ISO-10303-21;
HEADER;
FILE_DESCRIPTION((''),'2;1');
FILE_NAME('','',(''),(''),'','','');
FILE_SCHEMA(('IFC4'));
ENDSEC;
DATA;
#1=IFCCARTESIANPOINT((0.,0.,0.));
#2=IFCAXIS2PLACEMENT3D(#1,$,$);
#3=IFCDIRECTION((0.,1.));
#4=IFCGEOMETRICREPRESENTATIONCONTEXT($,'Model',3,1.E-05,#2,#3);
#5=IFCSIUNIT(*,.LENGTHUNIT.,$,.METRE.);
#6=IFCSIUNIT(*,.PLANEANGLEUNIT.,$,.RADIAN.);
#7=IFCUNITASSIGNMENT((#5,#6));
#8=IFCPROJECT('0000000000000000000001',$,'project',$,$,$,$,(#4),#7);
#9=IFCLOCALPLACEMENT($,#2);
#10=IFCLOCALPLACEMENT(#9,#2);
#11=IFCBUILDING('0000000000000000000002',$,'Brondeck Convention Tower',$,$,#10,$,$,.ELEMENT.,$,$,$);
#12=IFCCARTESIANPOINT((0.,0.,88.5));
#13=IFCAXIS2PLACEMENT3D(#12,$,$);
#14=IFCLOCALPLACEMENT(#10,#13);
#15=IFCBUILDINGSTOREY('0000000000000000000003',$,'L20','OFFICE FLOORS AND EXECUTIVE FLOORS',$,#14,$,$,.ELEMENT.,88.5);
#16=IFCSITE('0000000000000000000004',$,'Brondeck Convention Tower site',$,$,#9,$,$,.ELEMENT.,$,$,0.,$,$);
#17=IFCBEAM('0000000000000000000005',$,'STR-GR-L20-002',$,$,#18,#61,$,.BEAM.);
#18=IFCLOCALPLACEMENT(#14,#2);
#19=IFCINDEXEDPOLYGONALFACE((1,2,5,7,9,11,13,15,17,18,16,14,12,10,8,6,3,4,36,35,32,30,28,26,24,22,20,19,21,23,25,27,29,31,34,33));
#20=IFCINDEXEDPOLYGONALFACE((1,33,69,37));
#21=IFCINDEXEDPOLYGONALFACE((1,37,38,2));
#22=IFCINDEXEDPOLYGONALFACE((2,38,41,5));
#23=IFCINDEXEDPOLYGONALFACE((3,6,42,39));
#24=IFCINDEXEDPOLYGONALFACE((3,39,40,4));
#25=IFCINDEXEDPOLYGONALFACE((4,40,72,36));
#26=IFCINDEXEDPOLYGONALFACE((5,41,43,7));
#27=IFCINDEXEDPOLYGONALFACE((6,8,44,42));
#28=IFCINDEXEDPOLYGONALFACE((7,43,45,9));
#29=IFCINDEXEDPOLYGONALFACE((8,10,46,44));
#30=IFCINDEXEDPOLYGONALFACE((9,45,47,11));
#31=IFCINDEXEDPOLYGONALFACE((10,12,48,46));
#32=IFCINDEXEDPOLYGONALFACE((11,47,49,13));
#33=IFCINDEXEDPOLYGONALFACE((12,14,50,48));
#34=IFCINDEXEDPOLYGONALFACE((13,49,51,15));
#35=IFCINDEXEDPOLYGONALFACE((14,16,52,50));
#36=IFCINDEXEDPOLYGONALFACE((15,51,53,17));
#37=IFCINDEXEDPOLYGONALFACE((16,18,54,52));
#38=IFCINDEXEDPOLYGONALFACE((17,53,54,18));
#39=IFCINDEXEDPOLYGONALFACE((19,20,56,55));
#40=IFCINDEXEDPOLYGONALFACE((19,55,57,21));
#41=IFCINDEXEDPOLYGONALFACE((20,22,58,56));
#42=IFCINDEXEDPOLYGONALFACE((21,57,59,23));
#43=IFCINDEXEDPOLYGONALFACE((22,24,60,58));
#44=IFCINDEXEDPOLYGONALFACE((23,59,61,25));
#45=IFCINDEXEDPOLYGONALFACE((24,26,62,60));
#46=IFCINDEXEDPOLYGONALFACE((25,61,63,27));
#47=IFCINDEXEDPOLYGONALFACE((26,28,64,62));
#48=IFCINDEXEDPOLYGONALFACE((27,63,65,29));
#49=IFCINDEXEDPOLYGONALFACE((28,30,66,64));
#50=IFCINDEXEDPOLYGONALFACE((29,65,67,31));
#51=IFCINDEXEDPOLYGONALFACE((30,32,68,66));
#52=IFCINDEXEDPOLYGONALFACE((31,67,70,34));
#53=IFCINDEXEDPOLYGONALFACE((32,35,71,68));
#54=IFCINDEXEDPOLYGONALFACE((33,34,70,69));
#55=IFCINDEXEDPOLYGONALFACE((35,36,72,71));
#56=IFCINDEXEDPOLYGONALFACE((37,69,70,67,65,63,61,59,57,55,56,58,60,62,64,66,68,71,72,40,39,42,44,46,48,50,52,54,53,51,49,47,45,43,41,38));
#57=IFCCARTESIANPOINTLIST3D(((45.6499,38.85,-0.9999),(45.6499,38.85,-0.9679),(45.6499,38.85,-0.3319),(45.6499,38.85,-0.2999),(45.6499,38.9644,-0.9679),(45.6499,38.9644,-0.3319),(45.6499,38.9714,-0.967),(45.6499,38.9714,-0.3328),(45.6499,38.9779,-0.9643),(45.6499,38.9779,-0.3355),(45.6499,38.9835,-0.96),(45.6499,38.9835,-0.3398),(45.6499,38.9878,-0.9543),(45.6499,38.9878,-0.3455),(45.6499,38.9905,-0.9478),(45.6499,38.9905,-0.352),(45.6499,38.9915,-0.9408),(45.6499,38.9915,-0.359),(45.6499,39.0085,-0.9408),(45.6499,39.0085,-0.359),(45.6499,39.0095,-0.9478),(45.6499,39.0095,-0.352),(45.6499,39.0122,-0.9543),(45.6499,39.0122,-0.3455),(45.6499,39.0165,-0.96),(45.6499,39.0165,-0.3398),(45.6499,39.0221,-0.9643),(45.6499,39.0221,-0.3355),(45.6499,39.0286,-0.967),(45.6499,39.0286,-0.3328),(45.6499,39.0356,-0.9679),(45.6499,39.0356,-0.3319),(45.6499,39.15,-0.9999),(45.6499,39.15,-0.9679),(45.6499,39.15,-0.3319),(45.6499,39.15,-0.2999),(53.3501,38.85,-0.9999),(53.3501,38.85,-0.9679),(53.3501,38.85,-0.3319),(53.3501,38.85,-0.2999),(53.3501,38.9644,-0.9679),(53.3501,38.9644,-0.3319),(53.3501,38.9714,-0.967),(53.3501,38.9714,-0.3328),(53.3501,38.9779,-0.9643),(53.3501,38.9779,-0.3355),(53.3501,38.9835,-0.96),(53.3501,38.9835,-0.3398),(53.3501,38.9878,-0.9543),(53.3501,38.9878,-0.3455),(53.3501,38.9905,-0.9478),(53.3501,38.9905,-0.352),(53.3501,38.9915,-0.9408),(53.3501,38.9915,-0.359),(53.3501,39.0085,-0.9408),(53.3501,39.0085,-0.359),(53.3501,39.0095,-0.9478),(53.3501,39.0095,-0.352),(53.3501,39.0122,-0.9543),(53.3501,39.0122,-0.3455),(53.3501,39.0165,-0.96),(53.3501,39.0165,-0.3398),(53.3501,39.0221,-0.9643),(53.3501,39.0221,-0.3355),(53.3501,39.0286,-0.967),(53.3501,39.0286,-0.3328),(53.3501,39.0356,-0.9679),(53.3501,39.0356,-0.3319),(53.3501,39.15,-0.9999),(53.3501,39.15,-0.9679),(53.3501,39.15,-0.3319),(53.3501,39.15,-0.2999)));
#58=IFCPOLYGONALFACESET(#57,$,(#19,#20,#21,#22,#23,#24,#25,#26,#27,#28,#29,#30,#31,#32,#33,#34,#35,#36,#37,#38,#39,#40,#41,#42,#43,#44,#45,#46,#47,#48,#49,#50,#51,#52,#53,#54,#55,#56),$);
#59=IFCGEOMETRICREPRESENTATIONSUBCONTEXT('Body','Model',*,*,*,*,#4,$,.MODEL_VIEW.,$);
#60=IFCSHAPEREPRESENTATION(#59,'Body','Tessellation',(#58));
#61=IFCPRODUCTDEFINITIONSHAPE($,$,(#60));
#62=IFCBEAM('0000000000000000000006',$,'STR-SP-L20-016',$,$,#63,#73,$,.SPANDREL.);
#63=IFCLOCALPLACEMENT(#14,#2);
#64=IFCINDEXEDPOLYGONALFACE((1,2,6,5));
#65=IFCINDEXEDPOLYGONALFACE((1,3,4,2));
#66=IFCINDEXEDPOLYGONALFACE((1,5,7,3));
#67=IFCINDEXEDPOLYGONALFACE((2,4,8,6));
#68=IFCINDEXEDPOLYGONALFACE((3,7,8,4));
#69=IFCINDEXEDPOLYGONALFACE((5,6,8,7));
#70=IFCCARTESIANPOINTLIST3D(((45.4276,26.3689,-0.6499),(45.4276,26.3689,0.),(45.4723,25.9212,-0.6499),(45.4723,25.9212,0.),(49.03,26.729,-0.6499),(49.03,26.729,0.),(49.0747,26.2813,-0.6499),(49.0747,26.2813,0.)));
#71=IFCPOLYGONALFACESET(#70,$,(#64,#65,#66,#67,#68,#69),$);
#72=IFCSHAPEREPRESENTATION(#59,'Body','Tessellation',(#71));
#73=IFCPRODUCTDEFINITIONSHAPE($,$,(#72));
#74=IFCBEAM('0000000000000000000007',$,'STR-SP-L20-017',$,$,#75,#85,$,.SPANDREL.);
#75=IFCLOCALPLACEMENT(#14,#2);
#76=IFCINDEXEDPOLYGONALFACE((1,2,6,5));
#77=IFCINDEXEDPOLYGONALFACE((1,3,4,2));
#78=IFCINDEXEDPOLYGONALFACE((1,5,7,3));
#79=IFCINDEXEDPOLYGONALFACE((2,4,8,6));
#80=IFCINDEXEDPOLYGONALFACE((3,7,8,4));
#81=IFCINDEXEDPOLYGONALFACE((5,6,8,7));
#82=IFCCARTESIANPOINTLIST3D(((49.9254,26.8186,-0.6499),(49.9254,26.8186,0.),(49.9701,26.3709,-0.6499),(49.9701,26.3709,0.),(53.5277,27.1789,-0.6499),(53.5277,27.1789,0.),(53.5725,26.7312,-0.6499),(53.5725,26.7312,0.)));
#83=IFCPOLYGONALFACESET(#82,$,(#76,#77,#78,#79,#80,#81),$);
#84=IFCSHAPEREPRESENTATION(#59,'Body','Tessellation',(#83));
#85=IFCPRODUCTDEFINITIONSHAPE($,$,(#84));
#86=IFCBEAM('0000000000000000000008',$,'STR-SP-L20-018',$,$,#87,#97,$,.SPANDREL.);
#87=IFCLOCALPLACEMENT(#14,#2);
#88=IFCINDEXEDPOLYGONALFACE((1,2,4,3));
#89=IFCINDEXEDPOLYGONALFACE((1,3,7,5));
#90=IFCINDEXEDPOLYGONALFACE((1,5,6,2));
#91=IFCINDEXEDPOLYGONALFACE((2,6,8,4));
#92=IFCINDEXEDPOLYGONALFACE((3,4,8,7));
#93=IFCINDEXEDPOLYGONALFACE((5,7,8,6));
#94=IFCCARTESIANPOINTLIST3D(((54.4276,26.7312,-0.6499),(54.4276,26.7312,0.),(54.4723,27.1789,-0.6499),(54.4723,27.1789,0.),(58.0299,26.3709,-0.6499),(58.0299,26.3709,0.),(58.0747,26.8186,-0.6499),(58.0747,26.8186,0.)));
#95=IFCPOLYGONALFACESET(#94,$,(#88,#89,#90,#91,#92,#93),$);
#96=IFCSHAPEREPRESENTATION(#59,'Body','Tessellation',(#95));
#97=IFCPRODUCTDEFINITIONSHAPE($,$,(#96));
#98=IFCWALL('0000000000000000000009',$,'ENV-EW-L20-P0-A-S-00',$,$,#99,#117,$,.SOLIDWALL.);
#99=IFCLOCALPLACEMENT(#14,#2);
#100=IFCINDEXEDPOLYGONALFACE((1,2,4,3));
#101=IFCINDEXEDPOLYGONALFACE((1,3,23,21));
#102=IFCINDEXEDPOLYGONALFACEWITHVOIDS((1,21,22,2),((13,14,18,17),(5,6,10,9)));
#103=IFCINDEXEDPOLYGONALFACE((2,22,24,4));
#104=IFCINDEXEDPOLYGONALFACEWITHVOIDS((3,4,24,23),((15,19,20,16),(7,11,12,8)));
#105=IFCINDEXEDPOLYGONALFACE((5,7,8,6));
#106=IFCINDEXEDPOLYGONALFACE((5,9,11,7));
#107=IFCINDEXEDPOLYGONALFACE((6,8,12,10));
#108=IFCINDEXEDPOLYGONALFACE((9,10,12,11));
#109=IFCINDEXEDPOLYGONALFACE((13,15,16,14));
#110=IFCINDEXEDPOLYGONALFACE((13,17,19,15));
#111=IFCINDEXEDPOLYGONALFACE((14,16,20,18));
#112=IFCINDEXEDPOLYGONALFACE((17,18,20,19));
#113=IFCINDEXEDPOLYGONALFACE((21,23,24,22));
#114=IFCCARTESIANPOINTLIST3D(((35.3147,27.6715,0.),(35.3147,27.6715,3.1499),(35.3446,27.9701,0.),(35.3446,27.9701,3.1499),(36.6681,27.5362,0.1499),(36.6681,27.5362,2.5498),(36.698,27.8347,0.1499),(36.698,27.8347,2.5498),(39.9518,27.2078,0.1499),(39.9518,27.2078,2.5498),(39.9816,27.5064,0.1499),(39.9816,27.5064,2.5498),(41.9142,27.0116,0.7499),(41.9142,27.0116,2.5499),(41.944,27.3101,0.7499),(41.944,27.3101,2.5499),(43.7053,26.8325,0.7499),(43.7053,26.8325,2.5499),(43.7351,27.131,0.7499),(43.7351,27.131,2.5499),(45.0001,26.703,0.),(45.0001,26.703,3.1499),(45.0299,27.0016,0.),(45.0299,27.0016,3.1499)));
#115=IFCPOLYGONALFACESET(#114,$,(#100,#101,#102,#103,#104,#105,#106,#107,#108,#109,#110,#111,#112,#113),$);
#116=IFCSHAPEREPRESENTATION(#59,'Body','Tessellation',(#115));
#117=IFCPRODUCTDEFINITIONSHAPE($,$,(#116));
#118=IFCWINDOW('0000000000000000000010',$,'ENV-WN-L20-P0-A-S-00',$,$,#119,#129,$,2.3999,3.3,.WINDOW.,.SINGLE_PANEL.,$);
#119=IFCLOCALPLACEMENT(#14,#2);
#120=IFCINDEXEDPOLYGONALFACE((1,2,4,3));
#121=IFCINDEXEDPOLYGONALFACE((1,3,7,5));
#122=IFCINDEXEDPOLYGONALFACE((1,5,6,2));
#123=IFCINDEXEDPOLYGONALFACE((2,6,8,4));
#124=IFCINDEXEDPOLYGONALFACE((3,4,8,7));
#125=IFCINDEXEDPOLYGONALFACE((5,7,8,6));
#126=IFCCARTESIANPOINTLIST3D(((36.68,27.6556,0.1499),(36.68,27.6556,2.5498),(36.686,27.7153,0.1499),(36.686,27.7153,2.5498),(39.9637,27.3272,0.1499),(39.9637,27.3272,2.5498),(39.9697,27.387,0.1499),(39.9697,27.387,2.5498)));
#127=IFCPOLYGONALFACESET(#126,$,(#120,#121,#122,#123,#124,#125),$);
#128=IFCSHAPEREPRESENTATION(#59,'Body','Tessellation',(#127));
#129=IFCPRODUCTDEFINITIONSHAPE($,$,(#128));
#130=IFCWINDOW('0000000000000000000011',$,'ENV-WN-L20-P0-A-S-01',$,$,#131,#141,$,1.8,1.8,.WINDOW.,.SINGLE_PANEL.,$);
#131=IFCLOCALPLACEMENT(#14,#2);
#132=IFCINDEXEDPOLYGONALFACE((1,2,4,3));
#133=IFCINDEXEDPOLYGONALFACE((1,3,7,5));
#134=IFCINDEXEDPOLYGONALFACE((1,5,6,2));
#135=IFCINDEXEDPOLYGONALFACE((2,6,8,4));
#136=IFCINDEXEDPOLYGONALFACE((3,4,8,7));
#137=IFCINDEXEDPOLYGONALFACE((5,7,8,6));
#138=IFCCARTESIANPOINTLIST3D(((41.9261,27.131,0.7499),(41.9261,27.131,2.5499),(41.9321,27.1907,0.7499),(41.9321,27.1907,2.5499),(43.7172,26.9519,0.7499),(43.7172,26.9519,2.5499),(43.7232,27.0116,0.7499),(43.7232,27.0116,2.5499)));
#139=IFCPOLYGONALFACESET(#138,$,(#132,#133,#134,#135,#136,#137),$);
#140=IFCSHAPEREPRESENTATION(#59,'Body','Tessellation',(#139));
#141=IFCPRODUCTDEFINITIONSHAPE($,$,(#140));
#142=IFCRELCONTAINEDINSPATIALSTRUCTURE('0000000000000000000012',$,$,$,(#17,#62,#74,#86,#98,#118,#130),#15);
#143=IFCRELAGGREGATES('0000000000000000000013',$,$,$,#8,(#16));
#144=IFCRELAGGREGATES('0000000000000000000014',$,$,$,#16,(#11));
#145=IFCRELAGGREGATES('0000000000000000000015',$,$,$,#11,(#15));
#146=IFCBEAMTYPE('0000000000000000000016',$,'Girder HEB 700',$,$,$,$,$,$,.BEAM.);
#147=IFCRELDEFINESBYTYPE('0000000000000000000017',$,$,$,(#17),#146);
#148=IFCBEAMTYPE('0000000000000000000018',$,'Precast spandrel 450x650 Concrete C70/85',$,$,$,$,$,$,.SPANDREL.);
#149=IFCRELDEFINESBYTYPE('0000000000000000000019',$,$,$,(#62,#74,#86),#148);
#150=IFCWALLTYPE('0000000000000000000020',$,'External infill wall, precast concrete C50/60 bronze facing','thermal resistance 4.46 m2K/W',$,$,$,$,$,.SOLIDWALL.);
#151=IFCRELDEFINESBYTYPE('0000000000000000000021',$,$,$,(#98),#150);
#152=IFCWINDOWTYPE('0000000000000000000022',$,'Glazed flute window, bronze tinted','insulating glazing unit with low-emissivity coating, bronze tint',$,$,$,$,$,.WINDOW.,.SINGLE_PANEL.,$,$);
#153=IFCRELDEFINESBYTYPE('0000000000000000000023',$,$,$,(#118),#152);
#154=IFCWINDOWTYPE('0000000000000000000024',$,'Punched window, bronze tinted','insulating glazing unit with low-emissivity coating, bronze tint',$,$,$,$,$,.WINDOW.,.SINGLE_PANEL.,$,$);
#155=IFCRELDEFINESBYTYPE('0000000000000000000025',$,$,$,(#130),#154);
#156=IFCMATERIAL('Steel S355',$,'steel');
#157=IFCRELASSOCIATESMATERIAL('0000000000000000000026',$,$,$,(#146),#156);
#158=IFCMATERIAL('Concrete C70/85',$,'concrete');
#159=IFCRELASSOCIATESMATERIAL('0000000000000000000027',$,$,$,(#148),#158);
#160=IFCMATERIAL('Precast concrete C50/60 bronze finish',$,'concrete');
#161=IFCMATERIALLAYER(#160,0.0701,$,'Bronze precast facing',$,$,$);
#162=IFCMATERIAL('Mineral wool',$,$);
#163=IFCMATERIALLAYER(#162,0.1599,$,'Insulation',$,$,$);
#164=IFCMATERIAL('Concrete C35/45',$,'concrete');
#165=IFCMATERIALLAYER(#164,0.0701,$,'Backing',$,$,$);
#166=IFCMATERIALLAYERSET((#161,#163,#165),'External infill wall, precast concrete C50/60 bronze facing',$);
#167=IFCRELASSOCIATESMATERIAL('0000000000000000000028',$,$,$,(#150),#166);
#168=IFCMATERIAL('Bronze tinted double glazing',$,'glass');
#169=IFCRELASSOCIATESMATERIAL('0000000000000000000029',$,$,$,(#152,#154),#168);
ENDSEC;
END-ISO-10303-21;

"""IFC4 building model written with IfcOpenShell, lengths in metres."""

from ifc_helpers import new_model, si_unit, direction, frame, frame_2d, origin, origin_2d, place, context, subcontext, project, spatial, rectangle, i_section, extrude, material, layer, layer_set, material_profile, profile_set, type_object, element, fill, save


model = new_model("IFC4")

# Units and contexts
model_context = context("Model", 3, precision=1e-05, world=origin(), true_north=direction((0.0, 1.0)))
body_context = subcontext(model_context, "Body", "Model", "MODEL_VIEW")
ifc_project = project(units=[si_unit("LENGTHUNIT", "METRE"), si_unit("PLANEANGLEUNIT", "RADIAN")], contexts=[model_context])

# Site, building, storey
site_placement = place(None, origin())
site = spatial("IfcSite", under=ifc_project, at=site_placement, Name="Brondeck Convention Tower site", CompositionType="ELEMENT", RefElevation=0.0)
building_placement = place(site_placement, origin())
building = spatial("IfcBuilding", under=site, at=building_placement, Name="Brondeck Convention Tower", CompositionType="ELEMENT")
storey_placement = place(building_placement, frame((0.0, 0.0, 88.5)))
storey = spatial("IfcBuildingStorey", under=building, at=storey_placement, Name="L20", Description="OFFICE FLOORS AND EXECUTIVE FLOORS", CompositionType="ELEMENT", Elevation=88.5)

# Shared definitions
ifc_material_1 = material(Name="Concrete C70/85", Category="concrete")

# Beams
ifc_material_2 = material(Name="Steel S355", Category="steel")
ifc_material_profile_1 = material_profile(ifc_material_2, i_section(OverallWidth=0.3, OverallDepth=0.7, WebThickness=0.0171, FlangeThickness=0.032, FilletRadius=0.0271, at=origin_2d()), Name="HEB 700")
ifc_profile_set_1 = profile_set([ifc_material_profile_1], Name="Steel S355")
beam_type_1 = type_object("IfcBeamType", Name="Girder HEB 700", PredefinedType="BEAM", material=ifc_profile_set_1)
beam_1_placement = place(storey_placement, frame((45.6499, 39.0, -0.6499), z_axis=(1.0, 0.0, 0.0), x_axis=(0.0, 1.0, 0.0)))
element("IfcBeam", 1, at=beam_1_placement, inside=storey, type_object=beam_type_1, Name="STR-GR-L20-002", PredefinedType="BEAM", context=body_context, shape_type="SweptSolid", body=[
    extrude(i_section(OverallWidth=0.3, OverallDepth=0.7, WebThickness=0.0171, FlangeThickness=0.032, FilletRadius=0.0271, at=origin_2d()), origin(), (0.0, 0.0, 1.0), 7.7002),
])
ifc_material_profile_2 = material_profile(ifc_material_1, rectangle(XDim=0.45, YDim=0.6499, at=origin_2d()), Name="Precast spandrel 450x650 Concrete C70/85")
ifc_profile_set_2 = profile_set([ifc_material_profile_2], Name="Concrete C70/85")
beam_type_2 = type_object("IfcBeamType", Name="Precast spandrel 450x650 Concrete C70/85", PredefinedType="SPANDREL", material=ifc_profile_set_2)
for number, where, z_axis, x_axis, name in (
    (2, (45.45, 26.145, -0.325), (0.995041, 0.09947, 0.0), (-0.09947, 0.995041, 0.0), "STR-SP-L20-016"),
    (3, (49.9478, 26.5947, -0.325), (0.995034, 0.099537, 0.0), (-0.099537, 0.995034, 0.0), "STR-SP-L20-017"),
    (4, (54.45, 26.9551, -0.325), (0.995034, -0.099537, 0.0), (0.099537, 0.995034, 0.0), "STR-SP-L20-018"),
):
    element("IfcBeam", number, at=place(storey_placement, frame(where, z_axis=z_axis, x_axis=x_axis)), inside=storey, type_object=beam_type_2, Name=name, PredefinedType="SPANDREL", context=body_context, shape_type="SweptSolid", body=[
        extrude(rectangle(XDim=0.45, YDim=0.6499, at=origin_2d()), origin(), (0.0, 0.0, 1.0), 3.6204),
    ])

# Wall, openings, windows
ifc_material_3 = material(Name="Precast concrete C50/60 bronze finish", Category="concrete")
ifc_layer_1 = layer(ifc_material_3, 0.0701, Name="Bronze precast facing")
ifc_material_4 = material(Name="Mineral wool")
ifc_layer_2 = layer(ifc_material_4, 0.1599, Name="Insulation")
ifc_material_5 = material(Name="Concrete C35/45", Category="concrete")
ifc_layer_3 = layer(ifc_material_5, 0.0701, Name="Backing")
ifc_layer_set_1 = layer_set([ifc_layer_1, ifc_layer_2, ifc_layer_3], Name="External infill wall, precast concrete C50/60 bronze facing")
wall_type_1 = type_object("IfcWallType", Name="External infill wall, precast concrete C50/60 bronze facing", Description="thermal resistance 4.46 m2K/W", PredefinedType="SOLIDWALL", material=ifc_layer_set_1)
wall_1_placement = place(storey_placement, frame((45.0149, 26.8523, 0.0), z_axis=(0.0, 0.0, 1.0), x_axis=(-0.995037, 0.099501, 0.0)))
wall_1 = element("IfcWall", 5, at=wall_1_placement, inside=storey, type_object=wall_type_1, Name="ENV-EW-L20-P0-A-S-00", PredefinedType="SOLIDWALL", context=body_context, shape_type="SweptSolid", body=[
    extrude(rectangle(XDim=9.7336, YDim=0.3, at=frame_2d((4.8667, 0.0))), origin(), (0.0, 0.0, 1.0), 3.1499),
])
opening_1_placement = place(wall_1_placement, frame((1.3013, 0.0, 0.75)))
opening_1 = element("IfcOpeningElement", 6, at=opening_1_placement, cuts=wall_1, PredefinedType="OPENING", context=body_context, shape_type="SweptSolid", body=[
    extrude(rectangle(XDim=1.8, YDim=1.8, at=frame_2d((0.8999, 0.8999))), frame((0.0, 0.1599, 0.0), z_axis=(0.0, -1.0, 0.0), x_axis=(1.0, 0.0, 0.0)), (0.0, 0.0, 1.0), 0.3201),
])
opening_2_placement = place(wall_1_placement, frame((5.0735, 0.0, 0.1499)))
opening_2 = element("IfcOpeningElement", 7, at=opening_2_placement, cuts=wall_1, PredefinedType="OPENING", context=body_context, shape_type="SweptSolid", body=[
    extrude(rectangle(XDim=3.3, YDim=2.3999, at=frame_2d((1.6499, 1.2))), frame((0.0, 0.1599, 0.0), z_axis=(0.0, -1.0, 0.0), x_axis=(1.0, 0.0, 0.0)), (0.0, 0.0, 1.0), 0.3201),
])
ifc_material_6 = material(Name="Bronze tinted double glazing", Category="glass")
window_type_1 = type_object("IfcWindowType", Name="Glazed flute window, bronze tinted", Description="insulating glazing unit with low-emissivity coating, bronze tint", PartitioningType="SINGLE_PANEL", PredefinedType="WINDOW", material=ifc_material_6)
window_1_placement = place(opening_2_placement, origin())
window_1 = element("IfcWindow", 8, at=window_1_placement, inside=storey, type_object=window_type_1, Name="ENV-WN-L20-P0-A-S-00", OverallHeight=2.3999, OverallWidth=3.3, PartitioningType="SINGLE_PANEL", PredefinedType="WINDOW", context=body_context, shape_type="SweptSolid", body=[
    extrude(rectangle(XDim=3.3, YDim=2.3999, at=frame_2d((1.6499, 1.2))), frame((0.0, 0.03, 0.0), z_axis=(0.0, -1.0, 0.0), x_axis=(1.0, 0.0, 0.0)), (0.0, 0.0, 1.0), 0.0601),
])
fill(opening_2, window_1)
window_type_2 = type_object("IfcWindowType", Name="Punched window, bronze tinted", Description="insulating glazing unit with low-emissivity coating, bronze tint", PartitioningType="SINGLE_PANEL", PredefinedType="WINDOW", material=ifc_material_6)
window_2_placement = place(opening_1_placement, origin())
window_2 = element("IfcWindow", 9, at=window_2_placement, inside=storey, type_object=window_type_2, Name="ENV-WN-L20-P0-A-S-01", OverallHeight=1.8, OverallWidth=1.8, PartitioningType="SINGLE_PANEL", PredefinedType="WINDOW", context=body_context, shape_type="SweptSolid", body=[
    extrude(rectangle(XDim=1.8, YDim=1.8, at=frame_2d((0.8999, 0.8999))), frame((0.0, 0.03, 0.0), z_axis=(0.0, -1.0, 0.0), x_axis=(1.0, 0.0, 0.0)), (0.0, 0.0, 1.0), 0.0601),
])
fill(opening_1, window_2)

save(model, "model.ifc")
